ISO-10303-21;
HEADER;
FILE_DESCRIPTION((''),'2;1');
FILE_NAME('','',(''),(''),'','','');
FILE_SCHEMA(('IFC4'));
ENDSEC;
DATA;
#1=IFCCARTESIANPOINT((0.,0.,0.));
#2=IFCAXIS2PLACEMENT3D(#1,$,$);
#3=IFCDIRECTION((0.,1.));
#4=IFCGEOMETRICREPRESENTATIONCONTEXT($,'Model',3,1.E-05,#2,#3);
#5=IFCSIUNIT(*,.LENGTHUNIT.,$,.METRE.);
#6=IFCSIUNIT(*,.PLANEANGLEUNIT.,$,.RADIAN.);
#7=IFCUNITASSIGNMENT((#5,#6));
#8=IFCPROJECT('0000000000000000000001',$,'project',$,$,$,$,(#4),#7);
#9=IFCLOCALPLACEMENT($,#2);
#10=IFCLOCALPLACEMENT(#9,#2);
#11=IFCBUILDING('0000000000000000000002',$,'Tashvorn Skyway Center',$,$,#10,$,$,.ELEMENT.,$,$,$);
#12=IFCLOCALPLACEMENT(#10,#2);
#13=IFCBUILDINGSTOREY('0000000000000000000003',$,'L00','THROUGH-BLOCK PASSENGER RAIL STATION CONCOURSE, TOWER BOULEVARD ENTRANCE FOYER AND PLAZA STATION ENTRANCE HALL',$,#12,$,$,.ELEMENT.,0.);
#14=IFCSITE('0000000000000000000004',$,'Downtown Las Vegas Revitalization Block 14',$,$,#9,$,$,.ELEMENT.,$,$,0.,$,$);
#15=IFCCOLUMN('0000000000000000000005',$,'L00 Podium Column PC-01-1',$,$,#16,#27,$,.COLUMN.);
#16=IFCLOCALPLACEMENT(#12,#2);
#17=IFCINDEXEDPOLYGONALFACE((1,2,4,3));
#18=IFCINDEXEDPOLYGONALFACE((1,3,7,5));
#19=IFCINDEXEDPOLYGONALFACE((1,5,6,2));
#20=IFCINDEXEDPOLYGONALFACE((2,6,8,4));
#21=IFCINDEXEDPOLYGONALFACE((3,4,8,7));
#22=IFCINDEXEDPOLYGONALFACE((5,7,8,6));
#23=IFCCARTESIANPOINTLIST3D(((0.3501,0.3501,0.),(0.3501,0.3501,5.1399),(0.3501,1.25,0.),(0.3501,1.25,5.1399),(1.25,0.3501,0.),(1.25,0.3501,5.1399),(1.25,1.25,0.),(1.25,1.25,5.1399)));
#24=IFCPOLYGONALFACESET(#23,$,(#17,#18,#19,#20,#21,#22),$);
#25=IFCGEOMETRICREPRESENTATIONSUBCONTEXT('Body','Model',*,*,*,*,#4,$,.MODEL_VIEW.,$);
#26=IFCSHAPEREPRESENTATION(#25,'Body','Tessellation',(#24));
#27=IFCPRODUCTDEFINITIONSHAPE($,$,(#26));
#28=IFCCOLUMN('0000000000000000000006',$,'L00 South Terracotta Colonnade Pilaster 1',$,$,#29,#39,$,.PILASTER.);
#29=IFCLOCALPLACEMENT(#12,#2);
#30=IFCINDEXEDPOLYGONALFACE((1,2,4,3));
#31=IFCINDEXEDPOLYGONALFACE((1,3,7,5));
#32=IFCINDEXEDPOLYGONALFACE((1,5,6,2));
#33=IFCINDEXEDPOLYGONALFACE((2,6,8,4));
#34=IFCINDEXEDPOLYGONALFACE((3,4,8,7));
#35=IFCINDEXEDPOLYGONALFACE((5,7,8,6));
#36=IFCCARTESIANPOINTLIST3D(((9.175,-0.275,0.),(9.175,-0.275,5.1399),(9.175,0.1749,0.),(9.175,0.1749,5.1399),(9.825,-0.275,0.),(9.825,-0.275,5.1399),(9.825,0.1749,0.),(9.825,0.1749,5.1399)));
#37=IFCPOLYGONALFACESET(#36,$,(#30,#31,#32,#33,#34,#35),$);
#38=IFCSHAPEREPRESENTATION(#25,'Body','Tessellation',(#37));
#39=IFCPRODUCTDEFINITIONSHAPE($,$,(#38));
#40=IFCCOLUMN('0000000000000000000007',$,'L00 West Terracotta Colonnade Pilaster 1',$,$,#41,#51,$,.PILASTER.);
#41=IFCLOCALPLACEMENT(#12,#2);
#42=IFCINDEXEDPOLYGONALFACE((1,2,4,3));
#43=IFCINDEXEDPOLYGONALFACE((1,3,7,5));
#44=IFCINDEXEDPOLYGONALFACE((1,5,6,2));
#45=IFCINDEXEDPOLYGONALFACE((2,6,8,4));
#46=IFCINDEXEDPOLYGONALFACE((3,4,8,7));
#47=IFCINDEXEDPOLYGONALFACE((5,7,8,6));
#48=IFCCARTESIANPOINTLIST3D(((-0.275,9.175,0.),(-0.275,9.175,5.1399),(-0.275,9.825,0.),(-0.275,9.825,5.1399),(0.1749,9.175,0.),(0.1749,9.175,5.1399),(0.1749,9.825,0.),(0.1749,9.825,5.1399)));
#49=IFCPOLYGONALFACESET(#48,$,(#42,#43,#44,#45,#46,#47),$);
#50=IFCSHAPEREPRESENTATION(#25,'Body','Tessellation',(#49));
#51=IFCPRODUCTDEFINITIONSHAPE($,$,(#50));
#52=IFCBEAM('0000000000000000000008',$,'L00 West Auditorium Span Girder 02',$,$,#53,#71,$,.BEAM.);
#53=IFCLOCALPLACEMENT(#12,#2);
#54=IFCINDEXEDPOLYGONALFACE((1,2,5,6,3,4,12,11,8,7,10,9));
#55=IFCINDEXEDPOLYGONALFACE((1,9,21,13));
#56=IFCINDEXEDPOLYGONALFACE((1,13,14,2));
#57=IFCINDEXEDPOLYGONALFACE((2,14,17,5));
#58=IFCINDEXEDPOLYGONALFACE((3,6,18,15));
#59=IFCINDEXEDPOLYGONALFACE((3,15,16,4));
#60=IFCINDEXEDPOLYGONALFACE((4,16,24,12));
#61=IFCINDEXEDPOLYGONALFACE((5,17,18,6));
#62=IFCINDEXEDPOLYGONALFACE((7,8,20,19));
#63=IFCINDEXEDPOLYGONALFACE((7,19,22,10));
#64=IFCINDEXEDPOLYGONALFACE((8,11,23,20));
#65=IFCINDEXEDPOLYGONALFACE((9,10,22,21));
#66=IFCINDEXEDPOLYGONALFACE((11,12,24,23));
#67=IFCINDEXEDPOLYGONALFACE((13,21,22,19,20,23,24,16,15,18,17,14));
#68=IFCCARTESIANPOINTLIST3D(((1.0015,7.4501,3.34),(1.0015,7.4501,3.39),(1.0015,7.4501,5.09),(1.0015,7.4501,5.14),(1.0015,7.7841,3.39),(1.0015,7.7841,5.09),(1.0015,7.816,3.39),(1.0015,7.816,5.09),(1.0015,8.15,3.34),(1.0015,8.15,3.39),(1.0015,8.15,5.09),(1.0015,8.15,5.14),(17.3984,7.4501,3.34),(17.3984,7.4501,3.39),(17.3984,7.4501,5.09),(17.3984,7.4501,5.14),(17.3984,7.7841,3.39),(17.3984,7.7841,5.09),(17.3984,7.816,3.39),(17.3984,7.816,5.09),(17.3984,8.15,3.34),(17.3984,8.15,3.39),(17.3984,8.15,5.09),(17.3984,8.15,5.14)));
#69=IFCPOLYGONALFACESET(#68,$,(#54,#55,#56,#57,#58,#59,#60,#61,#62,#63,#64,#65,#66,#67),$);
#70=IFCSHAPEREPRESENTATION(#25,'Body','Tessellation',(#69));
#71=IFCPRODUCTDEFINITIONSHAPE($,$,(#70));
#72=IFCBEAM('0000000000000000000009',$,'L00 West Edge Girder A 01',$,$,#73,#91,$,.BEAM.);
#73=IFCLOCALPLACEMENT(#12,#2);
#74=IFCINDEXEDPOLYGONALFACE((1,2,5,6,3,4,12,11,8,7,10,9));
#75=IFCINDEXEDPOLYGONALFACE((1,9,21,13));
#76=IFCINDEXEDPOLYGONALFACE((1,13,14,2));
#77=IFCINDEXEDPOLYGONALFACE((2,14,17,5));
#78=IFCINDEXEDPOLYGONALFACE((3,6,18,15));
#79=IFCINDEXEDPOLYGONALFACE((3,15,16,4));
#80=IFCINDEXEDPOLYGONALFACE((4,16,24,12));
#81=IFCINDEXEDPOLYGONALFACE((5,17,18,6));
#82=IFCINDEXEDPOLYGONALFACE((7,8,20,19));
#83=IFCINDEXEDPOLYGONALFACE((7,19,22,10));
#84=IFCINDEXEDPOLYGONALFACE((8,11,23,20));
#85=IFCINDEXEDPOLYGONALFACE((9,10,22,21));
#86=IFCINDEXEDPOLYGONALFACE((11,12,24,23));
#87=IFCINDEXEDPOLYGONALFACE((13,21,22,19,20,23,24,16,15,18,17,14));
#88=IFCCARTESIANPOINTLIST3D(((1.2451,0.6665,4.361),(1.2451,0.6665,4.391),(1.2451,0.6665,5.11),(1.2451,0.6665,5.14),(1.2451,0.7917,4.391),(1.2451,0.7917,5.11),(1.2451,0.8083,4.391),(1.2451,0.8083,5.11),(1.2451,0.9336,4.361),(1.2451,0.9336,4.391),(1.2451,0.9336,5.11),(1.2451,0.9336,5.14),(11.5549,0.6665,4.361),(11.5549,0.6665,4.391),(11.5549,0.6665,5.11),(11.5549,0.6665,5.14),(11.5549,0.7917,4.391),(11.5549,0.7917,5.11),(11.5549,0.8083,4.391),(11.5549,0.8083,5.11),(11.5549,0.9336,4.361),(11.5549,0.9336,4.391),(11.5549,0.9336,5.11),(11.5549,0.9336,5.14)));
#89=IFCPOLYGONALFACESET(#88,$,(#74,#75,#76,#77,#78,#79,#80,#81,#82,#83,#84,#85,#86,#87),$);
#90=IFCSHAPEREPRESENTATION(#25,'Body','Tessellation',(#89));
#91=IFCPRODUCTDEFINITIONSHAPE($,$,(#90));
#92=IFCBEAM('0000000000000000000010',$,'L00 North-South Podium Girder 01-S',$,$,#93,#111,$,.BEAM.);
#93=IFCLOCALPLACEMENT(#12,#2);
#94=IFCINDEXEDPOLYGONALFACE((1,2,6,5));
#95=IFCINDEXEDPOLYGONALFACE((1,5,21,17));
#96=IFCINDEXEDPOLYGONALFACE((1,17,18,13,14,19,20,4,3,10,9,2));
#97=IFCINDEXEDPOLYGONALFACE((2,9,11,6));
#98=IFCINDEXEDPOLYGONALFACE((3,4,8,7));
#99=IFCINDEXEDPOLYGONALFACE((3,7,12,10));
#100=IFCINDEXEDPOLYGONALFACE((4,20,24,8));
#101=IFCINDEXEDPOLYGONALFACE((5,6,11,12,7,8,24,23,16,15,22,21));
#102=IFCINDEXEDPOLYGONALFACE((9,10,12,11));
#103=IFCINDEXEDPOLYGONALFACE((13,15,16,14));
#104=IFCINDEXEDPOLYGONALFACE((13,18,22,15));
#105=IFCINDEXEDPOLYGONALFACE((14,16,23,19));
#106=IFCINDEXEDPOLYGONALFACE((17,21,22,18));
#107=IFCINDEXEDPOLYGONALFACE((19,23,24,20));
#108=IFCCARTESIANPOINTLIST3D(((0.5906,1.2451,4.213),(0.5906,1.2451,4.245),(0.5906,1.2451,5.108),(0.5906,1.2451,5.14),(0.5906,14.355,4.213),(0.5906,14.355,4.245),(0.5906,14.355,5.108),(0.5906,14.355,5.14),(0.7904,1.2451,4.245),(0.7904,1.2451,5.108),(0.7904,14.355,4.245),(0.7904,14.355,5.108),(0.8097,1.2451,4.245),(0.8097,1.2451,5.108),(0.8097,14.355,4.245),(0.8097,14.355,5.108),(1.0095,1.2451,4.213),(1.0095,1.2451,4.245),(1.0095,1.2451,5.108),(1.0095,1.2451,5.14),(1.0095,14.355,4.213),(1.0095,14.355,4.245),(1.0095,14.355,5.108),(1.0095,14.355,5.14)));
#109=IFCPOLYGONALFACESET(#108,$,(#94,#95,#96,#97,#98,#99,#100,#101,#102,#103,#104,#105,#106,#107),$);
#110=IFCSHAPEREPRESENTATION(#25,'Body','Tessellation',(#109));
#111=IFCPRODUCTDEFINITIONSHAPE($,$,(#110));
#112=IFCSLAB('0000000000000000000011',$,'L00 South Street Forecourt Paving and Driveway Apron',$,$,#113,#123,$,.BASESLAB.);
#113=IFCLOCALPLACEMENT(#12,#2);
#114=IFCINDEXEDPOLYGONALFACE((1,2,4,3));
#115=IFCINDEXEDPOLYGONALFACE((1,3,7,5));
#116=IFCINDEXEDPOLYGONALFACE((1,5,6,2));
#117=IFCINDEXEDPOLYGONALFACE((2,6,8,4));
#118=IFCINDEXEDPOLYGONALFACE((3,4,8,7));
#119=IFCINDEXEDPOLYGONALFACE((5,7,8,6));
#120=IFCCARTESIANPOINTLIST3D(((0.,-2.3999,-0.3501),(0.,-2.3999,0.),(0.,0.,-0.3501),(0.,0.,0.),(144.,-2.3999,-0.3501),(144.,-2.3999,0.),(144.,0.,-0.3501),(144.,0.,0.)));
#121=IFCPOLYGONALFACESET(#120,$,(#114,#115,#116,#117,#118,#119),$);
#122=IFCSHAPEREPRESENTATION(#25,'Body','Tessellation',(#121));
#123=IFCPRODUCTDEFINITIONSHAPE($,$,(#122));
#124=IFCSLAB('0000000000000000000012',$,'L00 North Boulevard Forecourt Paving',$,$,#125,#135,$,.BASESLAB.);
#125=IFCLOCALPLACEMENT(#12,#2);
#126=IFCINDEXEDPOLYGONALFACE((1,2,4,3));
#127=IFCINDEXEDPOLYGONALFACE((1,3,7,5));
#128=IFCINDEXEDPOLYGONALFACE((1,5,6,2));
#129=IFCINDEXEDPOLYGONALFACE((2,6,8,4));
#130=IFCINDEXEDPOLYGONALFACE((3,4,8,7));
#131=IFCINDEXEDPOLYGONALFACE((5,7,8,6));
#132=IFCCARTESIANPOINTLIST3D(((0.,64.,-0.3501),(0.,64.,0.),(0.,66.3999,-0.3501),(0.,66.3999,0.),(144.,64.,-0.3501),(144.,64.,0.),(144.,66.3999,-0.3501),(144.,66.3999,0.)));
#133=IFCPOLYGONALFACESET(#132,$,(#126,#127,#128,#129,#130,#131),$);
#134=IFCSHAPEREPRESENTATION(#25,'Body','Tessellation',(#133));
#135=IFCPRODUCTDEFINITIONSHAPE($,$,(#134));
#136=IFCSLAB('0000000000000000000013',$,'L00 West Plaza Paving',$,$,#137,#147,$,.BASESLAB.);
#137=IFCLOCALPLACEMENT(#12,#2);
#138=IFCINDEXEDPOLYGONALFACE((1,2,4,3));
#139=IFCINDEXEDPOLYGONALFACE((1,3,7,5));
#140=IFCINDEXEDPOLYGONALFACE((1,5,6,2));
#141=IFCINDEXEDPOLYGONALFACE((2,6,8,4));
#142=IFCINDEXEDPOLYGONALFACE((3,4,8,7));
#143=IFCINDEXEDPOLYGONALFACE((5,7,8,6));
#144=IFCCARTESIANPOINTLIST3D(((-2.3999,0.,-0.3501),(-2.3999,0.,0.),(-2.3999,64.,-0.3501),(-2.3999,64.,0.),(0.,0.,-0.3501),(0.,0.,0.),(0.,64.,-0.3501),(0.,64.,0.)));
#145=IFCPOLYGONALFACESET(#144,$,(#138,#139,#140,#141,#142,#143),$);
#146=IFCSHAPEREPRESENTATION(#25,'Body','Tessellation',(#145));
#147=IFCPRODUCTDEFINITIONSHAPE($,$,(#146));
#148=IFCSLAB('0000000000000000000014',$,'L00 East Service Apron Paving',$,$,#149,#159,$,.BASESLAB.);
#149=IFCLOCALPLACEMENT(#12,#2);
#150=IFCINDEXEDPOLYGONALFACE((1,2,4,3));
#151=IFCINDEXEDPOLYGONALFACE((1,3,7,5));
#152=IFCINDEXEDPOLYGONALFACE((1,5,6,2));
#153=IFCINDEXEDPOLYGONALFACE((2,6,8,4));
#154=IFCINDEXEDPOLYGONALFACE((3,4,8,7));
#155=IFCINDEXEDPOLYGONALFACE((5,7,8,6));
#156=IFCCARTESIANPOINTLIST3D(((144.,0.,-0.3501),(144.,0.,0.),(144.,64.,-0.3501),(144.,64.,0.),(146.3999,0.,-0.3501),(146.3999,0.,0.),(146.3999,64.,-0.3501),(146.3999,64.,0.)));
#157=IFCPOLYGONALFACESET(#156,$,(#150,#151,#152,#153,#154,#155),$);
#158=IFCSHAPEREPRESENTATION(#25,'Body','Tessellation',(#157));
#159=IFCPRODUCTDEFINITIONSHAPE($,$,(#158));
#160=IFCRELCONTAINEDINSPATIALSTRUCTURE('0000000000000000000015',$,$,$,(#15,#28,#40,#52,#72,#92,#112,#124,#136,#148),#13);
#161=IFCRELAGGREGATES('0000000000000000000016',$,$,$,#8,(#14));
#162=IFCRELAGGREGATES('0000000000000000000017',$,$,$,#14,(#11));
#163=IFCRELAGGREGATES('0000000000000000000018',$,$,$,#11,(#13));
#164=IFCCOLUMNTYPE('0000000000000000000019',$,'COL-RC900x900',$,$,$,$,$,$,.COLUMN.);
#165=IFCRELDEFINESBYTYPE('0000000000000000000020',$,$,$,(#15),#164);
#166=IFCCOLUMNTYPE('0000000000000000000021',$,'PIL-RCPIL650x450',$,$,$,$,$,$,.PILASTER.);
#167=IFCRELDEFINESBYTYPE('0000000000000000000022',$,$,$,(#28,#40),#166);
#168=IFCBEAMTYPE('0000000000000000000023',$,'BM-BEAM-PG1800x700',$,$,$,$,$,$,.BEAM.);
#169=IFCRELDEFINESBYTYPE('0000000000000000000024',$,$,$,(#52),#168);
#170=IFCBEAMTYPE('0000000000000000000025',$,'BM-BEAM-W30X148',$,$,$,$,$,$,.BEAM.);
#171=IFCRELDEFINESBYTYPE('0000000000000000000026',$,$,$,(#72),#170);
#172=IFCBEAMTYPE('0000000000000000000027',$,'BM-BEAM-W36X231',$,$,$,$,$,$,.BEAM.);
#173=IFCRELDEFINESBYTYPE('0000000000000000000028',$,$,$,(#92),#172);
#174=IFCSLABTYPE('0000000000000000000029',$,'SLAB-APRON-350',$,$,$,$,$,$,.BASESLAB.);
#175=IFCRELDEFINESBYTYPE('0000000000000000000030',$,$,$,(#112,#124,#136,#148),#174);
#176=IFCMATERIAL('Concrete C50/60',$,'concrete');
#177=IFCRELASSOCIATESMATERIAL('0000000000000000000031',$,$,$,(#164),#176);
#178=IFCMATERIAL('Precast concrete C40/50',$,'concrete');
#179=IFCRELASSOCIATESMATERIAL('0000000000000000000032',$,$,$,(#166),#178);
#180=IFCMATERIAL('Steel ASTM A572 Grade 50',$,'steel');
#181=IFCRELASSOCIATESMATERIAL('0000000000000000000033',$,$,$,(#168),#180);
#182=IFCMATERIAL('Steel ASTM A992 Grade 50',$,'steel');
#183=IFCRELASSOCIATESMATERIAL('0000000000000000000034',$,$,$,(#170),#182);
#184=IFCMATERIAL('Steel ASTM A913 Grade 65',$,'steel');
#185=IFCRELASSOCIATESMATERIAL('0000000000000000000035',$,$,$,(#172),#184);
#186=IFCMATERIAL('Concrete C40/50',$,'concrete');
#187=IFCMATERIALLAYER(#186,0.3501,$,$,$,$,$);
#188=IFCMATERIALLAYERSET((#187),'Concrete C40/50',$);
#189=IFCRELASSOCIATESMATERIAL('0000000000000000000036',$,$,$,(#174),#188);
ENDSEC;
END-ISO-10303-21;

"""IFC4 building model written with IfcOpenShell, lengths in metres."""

from ifc_helpers import new_model, si_unit, direction, frame, origin, origin_2d, place, context, subcontext, project, spatial, polyline, rectangle, i_section, outline, extrude, material, layer, layer_set, material_profile, profile_set, type_object, element, save


model = new_model("IFC4")

# Units and contexts
model_context = context("Model", 3, precision=1e-05, world=origin(), true_north=direction((0.0, 1.0)))
body_context = subcontext(model_context, "Body", "Model", "MODEL_VIEW")
ifc_project = project(units=[si_unit("LENGTHUNIT", "METRE"), si_unit("PLANEANGLEUNIT", "RADIAN")], contexts=[model_context])

# Site, building, storey
site_placement = place(None, origin())
site = spatial("IfcSite", under=ifc_project, at=site_placement, Name="Downtown Las Vegas Revitalization Block 14", CompositionType="ELEMENT", RefElevation=0.0)
building_placement = place(site_placement, origin())
building = spatial("IfcBuilding", under=site, at=building_placement, Name="Tashvorn Skyway Center", CompositionType="ELEMENT")
storey_placement = place(building_placement, origin())
storey = spatial("IfcBuildingStorey", under=building, at=storey_placement, Name="L00", Description="THROUGH-BLOCK PASSENGER RAIL STATION CONCOURSE, TOWER BOULEVARD ENTRANCE FOYER AND PLAZA STATION ENTRANCE HALL", CompositionType="ELEMENT", Elevation=0.0)

# Columns
ifc_material_1 = material(Name="Concrete C50/60", Category="concrete")
ifc_material_profile_1 = material_profile(ifc_material_1, rectangle(XDim=0.8999, YDim=0.8999, at=origin_2d()), Name="RC900x900")
ifc_profile_set_1 = profile_set([ifc_material_profile_1], Name="Concrete C50/60")
column_type_1 = type_object("IfcColumnType", Name="COL-RC900x900", PredefinedType="COLUMN", material=ifc_profile_set_1)
column_placement = place(storey_placement, frame((0.8, 0.8, 0.0), z_axis=(0.0, 0.0, 1.0), x_axis=(1.0, 0.0, 0.0)))
element("IfcColumn", 1, at=column_placement, inside=storey, type_object=column_type_1, Name="L00 Podium Column PC-01-1", PredefinedType="COLUMN", context=body_context, shape_type="SweptSolid", body=[
    extrude(rectangle(XDim=0.8999, YDim=0.8999, at=origin_2d()), origin(), (0.0, 0.0, 1.0), 5.1399),
])
ifc_material_2 = material(Name="Precast concrete C40/50", Category="concrete")
ifc_material_profile_2 = material_profile(ifc_material_2, rectangle(XDim=0.6499, YDim=0.45, at=origin_2d()), Name="RCPIL650x450")
ifc_profile_set_2 = profile_set([ifc_material_profile_2], Name="Precast concrete C40/50")
column_type_2 = type_object("IfcColumnType", Name="PIL-RCPIL650x450", PredefinedType="PILASTER", material=ifc_profile_set_2)
for number, where, z_axis, x_axis, name in (
    (2, (9.5, -0.05, 0.0), (0.0, 0.0, 1.0), (1.0, 0.0, 0.0), "L00 South Terracotta Colonnade Pilaster 1"),
    (3, (-0.05, 9.5, 0.0), (0.0, 0.0, 1.0), (0.0, 1.0, 0.0), "L00 West Terracotta Colonnade Pilaster 1"),
):
    element("IfcColumn", number, at=place(storey_placement, frame(where, z_axis=z_axis, x_axis=x_axis)), inside=storey, type_object=column_type_2, Name=name, PredefinedType="PILASTER", context=body_context, shape_type="SweptSolid", body=[
        extrude(rectangle(XDim=0.6499, YDim=0.45, at=origin_2d()), origin(), (0.0, 0.0, 1.0), 5.1399),
    ])

# Beams
ifc_material_3 = material(Name="Steel ASTM A572 Grade 50", Category="steel")
ifc_material_profile_3 = material_profile(ifc_material_3, i_section(OverallWidth=0.7, OverallDepth=1.8, WebThickness=0.032, FlangeThickness=0.05, at=origin_2d()), Name="PG1800x700")
ifc_profile_set_3 = profile_set([ifc_material_profile_3], Name="Steel ASTM A572 Grade 50")
beam_type_1 = type_object("IfcBeamType", Name="BM-BEAM-PG1800x700", PredefinedType="BEAM", material=ifc_profile_set_3)
beam_1_placement = place(storey_placement, frame((1.0015, 7.8, 4.24), z_axis=(1.0, 0.0, 0.0), x_axis=(0.0, 1.0, 0.0)))
element("IfcBeam", 4, at=beam_1_placement, inside=storey, type_object=beam_type_1, Name="L00 West Auditorium Span Girder 02", PredefinedType="BEAM", context=body_context, shape_type="SweptSolid", body=[
    extrude(i_section(OverallWidth=0.7, OverallDepth=1.8, WebThickness=0.032, FlangeThickness=0.05, at=origin_2d()), origin(), (0.0, 0.0, 1.0), 16.397),
])
ifc_material_4 = material(Name="Steel ASTM A992 Grade 50", Category="steel")
ifc_material_profile_4 = material_profile(ifc_material_4, i_section(OverallWidth=0.2671, OverallDepth=0.7791, WebThickness=0.0166, FlangeThickness=0.03, at=origin_2d()), Name="W30X148")
ifc_profile_set_4 = profile_set([ifc_material_profile_4], Name="Steel ASTM A992 Grade 50")
beam_type_2 = type_object("IfcBeamType", Name="BM-BEAM-W30X148", PredefinedType="BEAM", material=ifc_profile_set_4)
beam_2_placement = place(storey_placement, frame((1.2451, 0.8, 4.7505), z_axis=(1.0, 0.0, 0.0), x_axis=(0.0, 1.0, 0.0)))
element("IfcBeam", 5, at=beam_2_placement, inside=storey, type_object=beam_type_2, Name="L00 West Edge Girder A 01", PredefinedType="BEAM", context=body_context, shape_type="SweptSolid", body=[
    extrude(i_section(OverallWidth=0.2671, OverallDepth=0.7791, WebThickness=0.0166, FlangeThickness=0.03, at=origin_2d()), origin(), (0.0, 0.0, 1.0), 10.3098),
])
ifc_material_5 = material(Name="Steel ASTM A913 Grade 65", Category="steel")
ifc_material_profile_5 = material_profile(ifc_material_5, i_section(OverallWidth=0.4189, OverallDepth=0.927, WebThickness=0.0193, FlangeThickness=0.032, at=origin_2d()), Name="W36X231")
ifc_profile_set_5 = profile_set([ifc_material_profile_5], Name="Steel ASTM A913 Grade 65")
beam_type_3 = type_object("IfcBeamType", Name="BM-BEAM-W36X231", PredefinedType="BEAM", material=ifc_profile_set_5)
beam_3_placement = place(storey_placement, frame((0.8, 1.2451, 4.6765), z_axis=(0.0, 1.0, 0.0), x_axis=(-1.0, 0.0, 0.0)))
element("IfcBeam", 6, at=beam_3_placement, inside=storey, type_object=beam_type_3, Name="L00 North-South Podium Girder 01-S", PredefinedType="BEAM", context=body_context, shape_type="SweptSolid", body=[
    extrude(i_section(OverallWidth=0.4189, OverallDepth=0.927, WebThickness=0.0193, FlangeThickness=0.032, at=origin_2d()), origin(), (0.0, 0.0, 1.0), 13.1099),
])

# Slabs
ifc_material_6 = material(Name="Concrete C40/50", Category="concrete")
ifc_layer_1 = layer(ifc_material_6, 0.3501)
ifc_layer_set_1 = layer_set([ifc_layer_1], Name="Concrete C40/50")
slab_type_1 = type_object("IfcSlabType", Name="SLAB-APRON-350", PredefinedType="BASESLAB", material=ifc_layer_set_1)
slab_1_placement = place(storey_placement, frame((0.0, 0.0, -0.3501)))
element("IfcSlab", 7, at=slab_1_placement, inside=storey, type_object=slab_type_1, Name="L00 South Street Forecourt Paving and Driveway Apron", PredefinedType="BASESLAB", context=body_context, shape_type="SweptSolid", body=[
    extrude(outline(polyline([(0.0, -2.3999), (144.0, -2.3999), (144.0, 0.0), (0.0, 0.0), (0.0, -2.3999)])), origin(), (0.0, 0.0, 1.0), 0.3501),
])
slab_2_placement = place(storey_placement, frame((0.0, 0.0, -0.3501)))
element("IfcSlab", 8, at=slab_2_placement, inside=storey, type_object=slab_type_1, Name="L00 North Boulevard Forecourt Paving", PredefinedType="BASESLAB", context=body_context, shape_type="SweptSolid", body=[
    extrude(outline(polyline([(0.0, 64.0), (144.0, 64.0), (144.0, 66.3999), (0.0, 66.3999), (0.0, 64.0)])), origin(), (0.0, 0.0, 1.0), 0.3501),
])
slab_3_placement = place(storey_placement, frame((0.0, 0.0, -0.3501)))
element("IfcSlab", 9, at=slab_3_placement, inside=storey, type_object=slab_type_1, Name="L00 West Plaza Paving", PredefinedType="BASESLAB", context=body_context, shape_type="SweptSolid", body=[
    extrude(outline(polyline([(-2.3999, 0.0), (0.0, 0.0), (0.0, 64.0), (-2.3999, 64.0), (-2.3999, 0.0)])), origin(), (0.0, 0.0, 1.0), 0.3501),
])
slab_4_placement = place(storey_placement, frame((0.0, 0.0, -0.3501)))
element("IfcSlab", 10, at=slab_4_placement, inside=storey, type_object=slab_type_1, Name="L00 East Service Apron Paving", PredefinedType="BASESLAB", context=body_context, shape_type="SweptSolid", body=[
    extrude(outline(polyline([(144.0, 0.0), (146.3999, 0.0), (146.3999, 64.0), (144.0, 64.0), (144.0, 0.0)])), origin(), (0.0, 0.0, 1.0), 0.3501),
])

save(model, "model.ifc")
